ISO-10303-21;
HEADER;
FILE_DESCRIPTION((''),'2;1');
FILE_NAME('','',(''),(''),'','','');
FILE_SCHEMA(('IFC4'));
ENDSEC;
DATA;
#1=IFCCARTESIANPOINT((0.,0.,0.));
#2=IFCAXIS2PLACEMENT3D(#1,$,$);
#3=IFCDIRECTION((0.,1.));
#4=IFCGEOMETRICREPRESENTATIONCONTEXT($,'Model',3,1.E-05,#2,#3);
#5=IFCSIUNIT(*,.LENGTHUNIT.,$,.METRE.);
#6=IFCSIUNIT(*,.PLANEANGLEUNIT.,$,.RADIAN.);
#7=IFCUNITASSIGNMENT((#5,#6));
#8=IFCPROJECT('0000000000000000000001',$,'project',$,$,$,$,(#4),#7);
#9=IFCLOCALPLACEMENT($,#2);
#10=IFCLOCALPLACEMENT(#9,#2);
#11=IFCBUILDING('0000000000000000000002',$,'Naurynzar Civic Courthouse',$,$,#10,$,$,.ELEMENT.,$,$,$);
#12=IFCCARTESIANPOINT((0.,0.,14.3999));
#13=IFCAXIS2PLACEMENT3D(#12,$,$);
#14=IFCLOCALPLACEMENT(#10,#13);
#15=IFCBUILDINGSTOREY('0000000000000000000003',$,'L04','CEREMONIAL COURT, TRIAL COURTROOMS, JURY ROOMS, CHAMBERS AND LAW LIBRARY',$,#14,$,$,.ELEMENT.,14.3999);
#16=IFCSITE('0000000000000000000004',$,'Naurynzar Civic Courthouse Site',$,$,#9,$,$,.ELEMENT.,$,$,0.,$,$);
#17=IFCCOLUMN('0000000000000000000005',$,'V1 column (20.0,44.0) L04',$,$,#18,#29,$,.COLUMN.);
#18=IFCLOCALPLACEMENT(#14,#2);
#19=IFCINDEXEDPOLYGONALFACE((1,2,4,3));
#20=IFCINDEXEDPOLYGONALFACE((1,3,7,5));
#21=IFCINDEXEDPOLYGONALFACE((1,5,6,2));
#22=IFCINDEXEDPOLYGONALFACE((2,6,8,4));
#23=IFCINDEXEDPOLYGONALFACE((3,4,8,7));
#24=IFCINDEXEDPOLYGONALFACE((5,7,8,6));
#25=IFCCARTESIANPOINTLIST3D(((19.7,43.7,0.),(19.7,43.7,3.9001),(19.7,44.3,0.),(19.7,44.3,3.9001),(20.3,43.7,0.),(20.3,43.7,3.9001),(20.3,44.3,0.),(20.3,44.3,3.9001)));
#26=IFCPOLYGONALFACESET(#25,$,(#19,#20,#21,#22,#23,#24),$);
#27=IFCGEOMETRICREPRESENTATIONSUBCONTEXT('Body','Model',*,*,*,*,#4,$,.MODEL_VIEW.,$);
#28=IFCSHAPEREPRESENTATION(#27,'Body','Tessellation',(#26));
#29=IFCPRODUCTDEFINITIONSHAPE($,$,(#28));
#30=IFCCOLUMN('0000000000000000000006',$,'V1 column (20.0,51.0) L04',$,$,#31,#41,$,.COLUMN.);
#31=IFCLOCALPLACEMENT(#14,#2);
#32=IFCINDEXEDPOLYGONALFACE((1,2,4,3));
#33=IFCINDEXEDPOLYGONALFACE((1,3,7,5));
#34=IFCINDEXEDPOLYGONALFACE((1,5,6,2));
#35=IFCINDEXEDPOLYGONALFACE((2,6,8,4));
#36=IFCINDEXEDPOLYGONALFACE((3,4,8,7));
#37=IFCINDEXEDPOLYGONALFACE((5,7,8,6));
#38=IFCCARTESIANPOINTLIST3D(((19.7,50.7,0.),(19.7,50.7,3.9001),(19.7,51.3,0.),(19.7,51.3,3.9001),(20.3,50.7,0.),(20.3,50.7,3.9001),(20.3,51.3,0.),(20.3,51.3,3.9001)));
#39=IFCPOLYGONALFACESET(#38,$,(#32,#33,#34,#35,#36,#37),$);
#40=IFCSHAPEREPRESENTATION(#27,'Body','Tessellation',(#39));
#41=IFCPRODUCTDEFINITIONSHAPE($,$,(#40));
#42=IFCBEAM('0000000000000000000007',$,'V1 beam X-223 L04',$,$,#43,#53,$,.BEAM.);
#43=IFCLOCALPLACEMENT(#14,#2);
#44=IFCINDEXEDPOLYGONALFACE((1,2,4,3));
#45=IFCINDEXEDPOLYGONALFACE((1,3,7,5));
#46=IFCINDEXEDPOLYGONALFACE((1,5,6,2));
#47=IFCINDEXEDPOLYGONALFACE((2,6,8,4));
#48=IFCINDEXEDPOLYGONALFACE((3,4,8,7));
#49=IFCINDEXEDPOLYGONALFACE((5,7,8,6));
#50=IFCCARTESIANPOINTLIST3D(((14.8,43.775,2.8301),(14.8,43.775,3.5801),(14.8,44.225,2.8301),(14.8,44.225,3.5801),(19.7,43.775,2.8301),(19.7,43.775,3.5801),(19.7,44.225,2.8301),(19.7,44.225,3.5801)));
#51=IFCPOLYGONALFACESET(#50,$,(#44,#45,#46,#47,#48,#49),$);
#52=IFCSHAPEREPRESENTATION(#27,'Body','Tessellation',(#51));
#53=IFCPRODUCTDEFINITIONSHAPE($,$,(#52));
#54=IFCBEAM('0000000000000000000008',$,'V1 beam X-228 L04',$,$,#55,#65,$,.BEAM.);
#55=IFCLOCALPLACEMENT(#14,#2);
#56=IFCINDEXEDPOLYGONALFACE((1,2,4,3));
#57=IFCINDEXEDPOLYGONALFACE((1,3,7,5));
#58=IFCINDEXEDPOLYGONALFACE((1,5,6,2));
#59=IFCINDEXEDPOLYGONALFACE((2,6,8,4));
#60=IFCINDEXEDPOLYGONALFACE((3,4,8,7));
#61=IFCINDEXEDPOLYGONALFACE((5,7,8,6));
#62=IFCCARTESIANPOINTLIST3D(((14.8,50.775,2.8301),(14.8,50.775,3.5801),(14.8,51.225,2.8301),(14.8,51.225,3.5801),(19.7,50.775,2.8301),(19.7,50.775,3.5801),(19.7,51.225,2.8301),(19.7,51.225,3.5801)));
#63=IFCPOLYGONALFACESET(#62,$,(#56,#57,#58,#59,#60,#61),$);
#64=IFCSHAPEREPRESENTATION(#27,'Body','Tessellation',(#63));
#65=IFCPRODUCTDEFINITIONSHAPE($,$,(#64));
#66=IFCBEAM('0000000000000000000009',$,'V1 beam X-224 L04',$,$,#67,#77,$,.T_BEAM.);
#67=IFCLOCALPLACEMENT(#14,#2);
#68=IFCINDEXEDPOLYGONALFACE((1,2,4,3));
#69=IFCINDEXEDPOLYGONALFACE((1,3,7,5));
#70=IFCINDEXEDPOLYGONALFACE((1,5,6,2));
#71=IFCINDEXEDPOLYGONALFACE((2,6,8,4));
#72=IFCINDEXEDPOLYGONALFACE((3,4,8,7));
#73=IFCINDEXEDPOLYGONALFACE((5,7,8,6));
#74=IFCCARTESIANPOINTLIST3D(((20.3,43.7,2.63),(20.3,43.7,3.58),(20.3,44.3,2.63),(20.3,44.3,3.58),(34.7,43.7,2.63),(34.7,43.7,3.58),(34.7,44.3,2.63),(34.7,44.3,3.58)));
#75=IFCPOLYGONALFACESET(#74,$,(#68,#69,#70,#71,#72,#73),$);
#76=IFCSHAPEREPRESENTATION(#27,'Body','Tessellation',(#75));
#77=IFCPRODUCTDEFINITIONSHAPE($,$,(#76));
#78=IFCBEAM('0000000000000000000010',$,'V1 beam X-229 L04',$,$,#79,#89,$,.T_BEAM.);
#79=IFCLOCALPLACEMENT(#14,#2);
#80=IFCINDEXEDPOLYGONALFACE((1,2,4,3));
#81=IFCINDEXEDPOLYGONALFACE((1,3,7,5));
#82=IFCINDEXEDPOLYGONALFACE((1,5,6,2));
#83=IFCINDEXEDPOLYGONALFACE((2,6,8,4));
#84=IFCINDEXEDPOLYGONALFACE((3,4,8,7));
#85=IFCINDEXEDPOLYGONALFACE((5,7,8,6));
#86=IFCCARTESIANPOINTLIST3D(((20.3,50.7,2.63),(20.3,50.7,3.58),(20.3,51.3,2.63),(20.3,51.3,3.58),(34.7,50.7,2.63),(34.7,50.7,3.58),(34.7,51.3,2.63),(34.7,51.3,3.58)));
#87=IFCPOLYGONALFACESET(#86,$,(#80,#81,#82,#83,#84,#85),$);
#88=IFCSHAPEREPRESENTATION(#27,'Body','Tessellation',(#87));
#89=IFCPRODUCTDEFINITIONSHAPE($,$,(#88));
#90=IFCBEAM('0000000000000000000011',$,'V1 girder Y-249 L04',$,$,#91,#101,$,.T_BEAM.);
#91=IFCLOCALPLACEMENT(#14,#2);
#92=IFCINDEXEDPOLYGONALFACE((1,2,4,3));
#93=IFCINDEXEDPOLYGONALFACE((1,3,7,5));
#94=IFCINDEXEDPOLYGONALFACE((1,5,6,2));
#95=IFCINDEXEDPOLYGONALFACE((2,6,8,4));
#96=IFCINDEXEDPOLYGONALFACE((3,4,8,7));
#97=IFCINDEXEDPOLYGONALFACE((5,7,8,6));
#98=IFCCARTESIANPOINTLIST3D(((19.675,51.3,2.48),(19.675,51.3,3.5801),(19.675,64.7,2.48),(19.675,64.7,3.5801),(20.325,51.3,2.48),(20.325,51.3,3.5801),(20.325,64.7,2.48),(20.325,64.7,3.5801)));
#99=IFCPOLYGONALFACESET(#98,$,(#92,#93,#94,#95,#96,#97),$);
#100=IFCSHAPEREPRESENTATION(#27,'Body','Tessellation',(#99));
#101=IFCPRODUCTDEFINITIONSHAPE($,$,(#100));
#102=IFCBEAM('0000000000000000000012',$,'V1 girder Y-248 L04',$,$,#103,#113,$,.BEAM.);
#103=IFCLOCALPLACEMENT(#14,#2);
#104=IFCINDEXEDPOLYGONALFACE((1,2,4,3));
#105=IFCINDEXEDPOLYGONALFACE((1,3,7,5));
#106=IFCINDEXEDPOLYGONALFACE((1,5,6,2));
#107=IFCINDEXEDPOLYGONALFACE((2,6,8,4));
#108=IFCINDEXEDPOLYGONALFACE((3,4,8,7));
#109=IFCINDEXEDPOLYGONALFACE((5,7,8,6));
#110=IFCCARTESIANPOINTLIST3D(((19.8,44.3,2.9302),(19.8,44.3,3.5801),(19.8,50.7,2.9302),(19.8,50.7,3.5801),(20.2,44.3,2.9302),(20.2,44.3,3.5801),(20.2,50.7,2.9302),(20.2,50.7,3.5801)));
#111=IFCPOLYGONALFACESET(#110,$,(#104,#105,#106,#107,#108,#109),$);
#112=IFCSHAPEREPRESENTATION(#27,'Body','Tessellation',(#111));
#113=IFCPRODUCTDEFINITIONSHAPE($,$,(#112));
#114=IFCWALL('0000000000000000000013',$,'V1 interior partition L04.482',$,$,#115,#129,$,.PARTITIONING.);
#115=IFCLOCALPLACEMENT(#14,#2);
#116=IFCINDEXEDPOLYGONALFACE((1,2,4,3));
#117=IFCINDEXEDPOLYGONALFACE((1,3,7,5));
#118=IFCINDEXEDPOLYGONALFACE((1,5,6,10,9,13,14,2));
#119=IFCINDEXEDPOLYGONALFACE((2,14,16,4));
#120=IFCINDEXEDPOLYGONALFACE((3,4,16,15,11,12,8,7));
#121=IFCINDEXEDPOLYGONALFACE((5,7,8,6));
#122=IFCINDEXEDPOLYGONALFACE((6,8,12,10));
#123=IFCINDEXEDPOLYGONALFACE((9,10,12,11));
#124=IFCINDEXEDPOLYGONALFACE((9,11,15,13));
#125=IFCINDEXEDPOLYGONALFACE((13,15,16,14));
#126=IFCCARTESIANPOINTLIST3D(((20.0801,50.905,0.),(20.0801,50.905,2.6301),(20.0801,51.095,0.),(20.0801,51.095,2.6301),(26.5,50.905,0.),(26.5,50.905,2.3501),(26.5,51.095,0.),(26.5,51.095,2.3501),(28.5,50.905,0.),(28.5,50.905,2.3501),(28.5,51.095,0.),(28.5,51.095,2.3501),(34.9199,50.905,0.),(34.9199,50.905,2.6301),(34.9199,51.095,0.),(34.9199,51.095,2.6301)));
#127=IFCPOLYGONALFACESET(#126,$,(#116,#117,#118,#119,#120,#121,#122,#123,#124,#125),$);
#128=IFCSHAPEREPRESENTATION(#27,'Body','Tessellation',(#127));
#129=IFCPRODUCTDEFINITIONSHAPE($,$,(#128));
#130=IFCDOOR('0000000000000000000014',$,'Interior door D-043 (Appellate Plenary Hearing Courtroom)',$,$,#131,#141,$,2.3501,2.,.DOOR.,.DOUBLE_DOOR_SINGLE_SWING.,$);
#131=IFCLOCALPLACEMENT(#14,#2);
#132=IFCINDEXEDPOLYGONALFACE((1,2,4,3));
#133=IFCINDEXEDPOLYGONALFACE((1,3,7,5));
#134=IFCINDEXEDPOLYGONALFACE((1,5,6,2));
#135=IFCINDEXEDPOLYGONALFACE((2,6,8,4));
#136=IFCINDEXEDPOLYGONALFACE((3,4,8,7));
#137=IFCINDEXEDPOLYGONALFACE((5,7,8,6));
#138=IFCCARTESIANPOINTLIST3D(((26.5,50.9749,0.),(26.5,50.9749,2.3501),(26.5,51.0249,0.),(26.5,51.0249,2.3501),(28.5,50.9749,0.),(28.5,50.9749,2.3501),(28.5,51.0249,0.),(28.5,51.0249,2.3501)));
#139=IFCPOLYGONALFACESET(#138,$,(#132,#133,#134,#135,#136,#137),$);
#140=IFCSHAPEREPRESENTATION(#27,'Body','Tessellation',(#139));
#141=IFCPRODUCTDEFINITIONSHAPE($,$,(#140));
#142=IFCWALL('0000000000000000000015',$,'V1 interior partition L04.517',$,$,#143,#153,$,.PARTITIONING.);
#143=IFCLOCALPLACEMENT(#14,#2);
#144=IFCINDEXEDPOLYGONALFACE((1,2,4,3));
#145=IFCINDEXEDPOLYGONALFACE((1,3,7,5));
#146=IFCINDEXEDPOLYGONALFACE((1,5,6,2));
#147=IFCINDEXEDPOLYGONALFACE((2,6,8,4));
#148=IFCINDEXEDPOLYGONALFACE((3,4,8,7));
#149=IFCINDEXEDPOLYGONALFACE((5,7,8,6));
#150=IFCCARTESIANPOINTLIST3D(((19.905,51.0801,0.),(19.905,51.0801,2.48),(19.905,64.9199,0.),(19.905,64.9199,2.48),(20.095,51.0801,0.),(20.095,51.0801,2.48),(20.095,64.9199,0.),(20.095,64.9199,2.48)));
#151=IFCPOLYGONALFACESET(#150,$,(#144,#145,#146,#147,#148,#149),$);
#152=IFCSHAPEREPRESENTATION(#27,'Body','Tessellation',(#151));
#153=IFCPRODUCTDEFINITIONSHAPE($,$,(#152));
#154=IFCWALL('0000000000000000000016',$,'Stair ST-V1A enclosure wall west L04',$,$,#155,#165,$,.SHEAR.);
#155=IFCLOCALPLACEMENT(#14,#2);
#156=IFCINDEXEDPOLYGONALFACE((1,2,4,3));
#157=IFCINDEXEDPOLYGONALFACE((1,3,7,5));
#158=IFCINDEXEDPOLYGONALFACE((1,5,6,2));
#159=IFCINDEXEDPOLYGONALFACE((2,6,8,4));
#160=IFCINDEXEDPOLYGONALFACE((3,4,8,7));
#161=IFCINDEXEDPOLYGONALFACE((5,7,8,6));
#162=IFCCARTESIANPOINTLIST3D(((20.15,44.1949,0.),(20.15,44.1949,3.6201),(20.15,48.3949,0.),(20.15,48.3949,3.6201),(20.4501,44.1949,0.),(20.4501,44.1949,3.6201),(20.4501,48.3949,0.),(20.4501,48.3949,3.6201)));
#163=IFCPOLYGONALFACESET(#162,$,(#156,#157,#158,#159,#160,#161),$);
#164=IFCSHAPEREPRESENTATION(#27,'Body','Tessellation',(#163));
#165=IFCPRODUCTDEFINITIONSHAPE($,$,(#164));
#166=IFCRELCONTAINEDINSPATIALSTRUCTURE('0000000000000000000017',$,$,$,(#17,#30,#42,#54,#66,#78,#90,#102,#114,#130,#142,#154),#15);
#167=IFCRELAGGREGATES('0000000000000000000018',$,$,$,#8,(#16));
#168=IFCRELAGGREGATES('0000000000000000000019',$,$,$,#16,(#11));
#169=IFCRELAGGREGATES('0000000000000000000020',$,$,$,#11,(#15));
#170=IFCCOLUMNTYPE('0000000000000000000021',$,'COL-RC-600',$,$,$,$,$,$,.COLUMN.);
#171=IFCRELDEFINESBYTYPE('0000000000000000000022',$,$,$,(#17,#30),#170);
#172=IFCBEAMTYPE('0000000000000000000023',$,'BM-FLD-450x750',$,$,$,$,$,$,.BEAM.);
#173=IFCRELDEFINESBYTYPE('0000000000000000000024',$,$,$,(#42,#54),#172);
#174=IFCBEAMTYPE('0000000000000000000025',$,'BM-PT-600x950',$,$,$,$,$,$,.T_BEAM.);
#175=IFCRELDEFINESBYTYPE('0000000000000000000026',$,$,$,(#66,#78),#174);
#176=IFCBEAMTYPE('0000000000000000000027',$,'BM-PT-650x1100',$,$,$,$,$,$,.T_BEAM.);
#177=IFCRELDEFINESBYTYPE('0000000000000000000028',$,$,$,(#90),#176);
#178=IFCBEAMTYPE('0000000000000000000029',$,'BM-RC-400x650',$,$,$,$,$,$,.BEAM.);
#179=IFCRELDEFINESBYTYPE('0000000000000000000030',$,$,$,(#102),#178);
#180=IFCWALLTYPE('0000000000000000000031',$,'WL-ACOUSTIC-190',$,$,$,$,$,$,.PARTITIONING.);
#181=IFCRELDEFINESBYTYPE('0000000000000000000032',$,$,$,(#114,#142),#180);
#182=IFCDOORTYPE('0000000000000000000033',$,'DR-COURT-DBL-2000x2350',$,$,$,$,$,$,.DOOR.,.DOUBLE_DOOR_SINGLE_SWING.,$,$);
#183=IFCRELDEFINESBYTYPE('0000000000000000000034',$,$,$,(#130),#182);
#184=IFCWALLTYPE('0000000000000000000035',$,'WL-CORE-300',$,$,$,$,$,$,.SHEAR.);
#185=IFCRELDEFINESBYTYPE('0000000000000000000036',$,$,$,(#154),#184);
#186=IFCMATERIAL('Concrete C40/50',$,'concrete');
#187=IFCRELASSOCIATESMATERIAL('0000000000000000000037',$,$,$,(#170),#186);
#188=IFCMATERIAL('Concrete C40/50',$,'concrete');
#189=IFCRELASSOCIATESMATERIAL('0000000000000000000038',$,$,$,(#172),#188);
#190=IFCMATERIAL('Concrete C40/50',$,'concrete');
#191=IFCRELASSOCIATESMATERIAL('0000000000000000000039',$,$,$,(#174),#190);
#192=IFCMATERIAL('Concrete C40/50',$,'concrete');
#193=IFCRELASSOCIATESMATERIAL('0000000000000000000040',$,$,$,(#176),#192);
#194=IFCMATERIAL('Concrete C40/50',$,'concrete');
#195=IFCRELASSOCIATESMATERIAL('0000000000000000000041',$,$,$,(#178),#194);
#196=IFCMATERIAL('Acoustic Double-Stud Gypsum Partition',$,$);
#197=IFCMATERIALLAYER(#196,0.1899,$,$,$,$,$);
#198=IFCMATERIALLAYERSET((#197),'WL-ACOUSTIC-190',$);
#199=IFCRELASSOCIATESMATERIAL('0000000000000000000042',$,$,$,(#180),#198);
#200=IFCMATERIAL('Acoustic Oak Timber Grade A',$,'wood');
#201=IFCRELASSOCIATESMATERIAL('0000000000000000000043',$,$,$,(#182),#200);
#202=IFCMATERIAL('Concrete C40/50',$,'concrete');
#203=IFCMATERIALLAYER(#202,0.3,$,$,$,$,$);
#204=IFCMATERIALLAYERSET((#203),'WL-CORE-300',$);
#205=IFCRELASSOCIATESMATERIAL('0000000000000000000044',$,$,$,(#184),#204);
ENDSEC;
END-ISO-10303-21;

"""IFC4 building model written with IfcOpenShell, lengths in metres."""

from ifc_helpers import new_model, si_unit, direction, frame, frame_2d, origin, origin_2d, place, context, subcontext, project, spatial, rectangle, extrude, material, layer, layer_set, material_profile, profile_set, type_object, element, fill, save


model = new_model("IFC4")

# Units and contexts
model_context = context("Model", 3, precision=1e-05, world=origin(), true_north=direction((0.0, 1.0)))
body_context = subcontext(model_context, "Body", "Model", "MODEL_VIEW")
ifc_project = project(units=[si_unit("LENGTHUNIT", "METRE"), si_unit("PLANEANGLEUNIT", "RADIAN")], contexts=[model_context])

# Site, building, storey
site_placement = place(None, origin())
site = spatial("IfcSite", under=ifc_project, at=site_placement, Name="Naurynzar Civic Courthouse Site", CompositionType="ELEMENT", RefElevation=0.0)
building_placement = place(site_placement, origin())
building = spatial("IfcBuilding", under=site, at=building_placement, Name="Naurynzar Civic Courthouse", CompositionType="ELEMENT")
storey_placement = place(building_placement, frame((0.0, 0.0, 14.3999)))
storey = spatial("IfcBuildingStorey", under=building, at=storey_placement, Name="L04", Description="CEREMONIAL COURT, TRIAL COURTROOMS, JURY ROOMS, CHAMBERS AND LAW LIBRARY", CompositionType="ELEMENT", Elevation=14.3999)

# Columns
ifc_material_1 = material(Name="Concrete C40/50", Category="concrete")
ifc_material_profile_1 = material_profile(ifc_material_1, rectangle(XDim=0.6001, YDim=0.6001, at=origin_2d()), Name="RC 600x600")
ifc_profile_set_1 = profile_set([ifc_material_profile_1], Name="Concrete C40/50")
column_type = type_object("IfcColumnType", Name="COL-RC-600", PredefinedType="COLUMN", material=ifc_profile_set_1)
for number, where, z_axis, x_axis, name in (
    (1, (20.0, 44.0, 0.0), (0.0, 0.0, 1.0), (1.0, 0.0, 0.0), "V1 column (20.0,44.0) L04"),
    (2, (20.0, 51.0, 0.0), (0.0, 0.0, 1.0), (1.0, 0.0, 0.0), "V1 column (20.0,51.0) L04"),
):
    element("IfcColumn", number, at=place(storey_placement, frame(where, z_axis=z_axis, x_axis=x_axis)), inside=storey, type_object=column_type, Name=name, PredefinedType="COLUMN", context=body_context, shape_type="SweptSolid", body=[
        extrude(rectangle(XDim=0.6001, YDim=0.6001, at=origin_2d()), origin(), (0.0, 0.0, 1.0), 3.9001),
    ])

# Beams
ifc_material_2 = material(Name="Concrete C40/50", Category="concrete")
ifc_material_profile_2 = material_profile(ifc_material_2, rectangle(XDim=0.45, YDim=0.75, at=origin_2d()), Name="RCF 450x750")
ifc_profile_set_2 = profile_set([ifc_material_profile_2], Name="Concrete C40/50")
beam_type_1 = type_object("IfcBeamType", Name="BM-FLD-450x750", PredefinedType="BEAM", material=ifc_profile_set_2)
for number, where, z_axis, x_axis, name in (
    (3, (14.8, 44.0, 3.2051), (1.0, 0.0, 0.0), (0.0, 1.0, 0.0), "V1 beam X-223 L04"),
    (4, (14.8, 51.0, 3.2051), (1.0, 0.0, 0.0), (0.0, 1.0, 0.0), "V1 beam X-228 L04"),
):
    element("IfcBeam", number, at=place(storey_placement, frame(where, z_axis=z_axis, x_axis=x_axis)), inside=storey, type_object=beam_type_1, Name=name, PredefinedType="BEAM", context=body_context, shape_type="SweptSolid", body=[
        extrude(rectangle(XDim=0.45, YDim=0.75, at=origin_2d()), origin(), (0.0, 0.0, 1.0), 4.8999),
    ])
ifc_material_3 = material(Name="Concrete C40/50", Category="concrete")
ifc_material_profile_3 = material_profile(ifc_material_3, rectangle(XDim=0.6001, YDim=0.95, at=origin_2d()), Name="PTB 600x950")
ifc_profile_set_3 = profile_set([ifc_material_profile_3], Name="Concrete C40/50")
beam_type_2 = type_object("IfcBeamType", Name="BM-PT-600x950", PredefinedType="T_BEAM", material=ifc_profile_set_3)
for number, where, z_axis, x_axis, name in (
    (5, (20.3, 44.0, 3.105), (1.0, 0.0, 0.0), (0.0, 1.0, 0.0), "V1 beam X-224 L04"),
    (6, (20.3, 51.0, 3.105), (1.0, 0.0, 0.0), (0.0, 1.0, 0.0), "V1 beam X-229 L04"),
):
    element("IfcBeam", number, at=place(storey_placement, frame(where, z_axis=z_axis, x_axis=x_axis)), inside=storey, type_object=beam_type_2, Name=name, PredefinedType="T_BEAM", context=body_context, shape_type="SweptSolid", body=[
        extrude(rectangle(XDim=0.6001, YDim=0.95, at=origin_2d()), origin(), (0.0, 0.0, 1.0), 14.3999),
    ])
ifc_material_4 = material(Name="Concrete C40/50", Category="concrete")
ifc_material_profile_4 = material_profile(ifc_material_4, rectangle(XDim=0.6499, YDim=1.1001, at=origin_2d()), Name="PTB 650x1100")
ifc_profile_set_4 = profile_set([ifc_material_profile_4], Name="Concrete C40/50")
beam_type_3 = type_object("IfcBeamType", Name="BM-PT-650x1100", PredefinedType="T_BEAM", material=ifc_profile_set_4)
beam_1_placement = place(storey_placement, frame((20.0, 51.3, 3.03), z_axis=(0.0, 1.0, 0.0), x_axis=(-1.0, 0.0, 0.0)))
element("IfcBeam", 7, at=beam_1_placement, inside=storey, type_object=beam_type_3, Name="V1 girder Y-249 L04", PredefinedType="T_BEAM", context=body_context, shape_type="SweptSolid", body=[
    extrude(rectangle(XDim=0.6499, YDim=1.1001, at=origin_2d()), origin(), (0.0, 0.0, 1.0), 13.3999),
])
ifc_material_5 = material(Name="Concrete C40/50", Category="concrete")
ifc_material_profile_5 = material_profile(ifc_material_5, rectangle(XDim=0.3999, YDim=0.6499, at=origin_2d()), Name="RCB 400x650")
ifc_profile_set_5 = profile_set([ifc_material_profile_5], Name="Concrete C40/50")
beam_type_4 = type_object("IfcBeamType", Name="BM-RC-400x650", PredefinedType="BEAM", material=ifc_profile_set_5)
beam_2_placement = place(storey_placement, frame((20.0, 44.3, 3.2551), z_axis=(0.0, 1.0, 0.0), x_axis=(-1.0, 0.0, 0.0)))
element("IfcBeam", 8, at=beam_2_placement, inside=storey, type_object=beam_type_4, Name="V1 girder Y-248 L04", PredefinedType="BEAM", context=body_context, shape_type="SweptSolid", body=[
    extrude(rectangle(XDim=0.3999, YDim=0.6499, at=origin_2d()), origin(), (0.0, 0.0, 1.0), 6.3999),
])

# Wall, opening, door
ifc_material_6 = material(Name="Acoustic Double-Stud Gypsum Partition")
ifc_layer_1 = layer(ifc_material_6, 0.1899)
ifc_layer_set_1 = layer_set([ifc_layer_1], Name="WL-ACOUSTIC-190")
wall_type_1 = type_object("IfcWallType", Name="WL-ACOUSTIC-190", PredefinedType="PARTITIONING", material=ifc_layer_set_1)
wall_1_placement = place(storey_placement, frame((20.0801, 51.0, 0.0), z_axis=(0.0, 0.0, 1.0), x_axis=(1.0, 0.0, 0.0)))
wall_1 = element("IfcWall", 9, at=wall_1_placement, inside=storey, type_object=wall_type_1, Name="V1 interior partition L04.482", PredefinedType="PARTITIONING", context=body_context, shape_type="SweptSolid", body=[
    extrude(rectangle(XDim=14.8398, YDim=0.1899, at=frame_2d((7.4199, 0.0))), origin(), (0.0, 0.0, 1.0), 2.6301),
])
opening_1_placement = place(wall_1_placement, frame((6.4199, 0.0, 0.0)))
opening_1 = element("IfcOpeningElement", 10, at=opening_1_placement, cuts=wall_1, PredefinedType="OPENING", context=body_context, shape_type="SweptSolid", body=[
    extrude(rectangle(XDim=2.0, YDim=2.3501, at=frame_2d((1.0, 1.175))), frame((0.0, 0.105, 0.0), z_axis=(0.0, -1.0, 0.0), x_axis=(1.0, 0.0, 0.0)), (0.0, 0.0, 1.0), 0.21),
])
ifc_material_7 = material(Name="Acoustic Oak Timber Grade A", Category="wood")
door_type_1 = type_object("IfcDoorType", Name="DR-COURT-DBL-2000x2350", OperationType="DOUBLE_DOOR_SINGLE_SWING", PredefinedType="DOOR", material=ifc_material_7)
door_1_placement = place(opening_1_placement, origin())
door_1 = element("IfcDoor", 11, at=door_1_placement, inside=storey, type_object=door_type_1, Name="Interior door D-043 (Appellate Plenary Hearing Courtroom)", OperationType="DOUBLE_DOOR_SINGLE_SWING", OverallHeight=2.3501, OverallWidth=2.0, PredefinedType="DOOR", context=body_context, shape_type="SweptSolid", body=[
    extrude(rectangle(XDim=2.0, YDim=2.3501, at=frame_2d((1.0, 1.175))), frame((0.0, 0.0249, 0.0), z_axis=(0.0, -1.0, 0.0), x_axis=(1.0, 0.0, 0.0)), (0.0, 0.0, 1.0), 0.05),
])
fill(opening_1, door_1)

# Walls
wall_2_placement = place(storey_placement, frame((20.0, 51.0801, 0.0), z_axis=(0.0, 0.0, 1.0), x_axis=(0.0, 1.0, 0.0)))
element("IfcWall", 12, at=wall_2_placement, inside=storey, type_object=wall_type_1, Name="V1 interior partition L04.517", PredefinedType="PARTITIONING", context=body_context, shape_type="SweptSolid", body=[
    extrude(rectangle(XDim=13.8398, YDim=0.1899, at=frame_2d((6.9199, 0.0))), origin(), (0.0, 0.0, 1.0), 2.48),
])
ifc_material_8 = material(Name="Concrete C40/50", Category="concrete")
ifc_layer_2 = layer(ifc_material_8, 0.3)
ifc_layer_set_2 = layer_set([ifc_layer_2], Name="WL-CORE-300")
wall_type_2 = type_object("IfcWallType", Name="WL-CORE-300", PredefinedType="SHEAR", material=ifc_layer_set_2)
wall_3_placement = place(storey_placement, frame((20.3, 48.395, 0.0), z_axis=(0.0, 0.0, 1.0), x_axis=(0.0, -1.0, 0.0)))
element("IfcWall", 13, at=wall_3_placement, inside=storey, type_object=wall_type_2, Name="Stair ST-V1A enclosure wall west L04", PredefinedType="SHEAR", context=body_context, shape_type="SweptSolid", body=[
    extrude(rectangle(XDim=4.2, YDim=0.3, at=frame_2d((2.1001, 0.0))), origin(), (0.0, 0.0, 1.0), 3.6201),
])

save(model, "model.ifc")
